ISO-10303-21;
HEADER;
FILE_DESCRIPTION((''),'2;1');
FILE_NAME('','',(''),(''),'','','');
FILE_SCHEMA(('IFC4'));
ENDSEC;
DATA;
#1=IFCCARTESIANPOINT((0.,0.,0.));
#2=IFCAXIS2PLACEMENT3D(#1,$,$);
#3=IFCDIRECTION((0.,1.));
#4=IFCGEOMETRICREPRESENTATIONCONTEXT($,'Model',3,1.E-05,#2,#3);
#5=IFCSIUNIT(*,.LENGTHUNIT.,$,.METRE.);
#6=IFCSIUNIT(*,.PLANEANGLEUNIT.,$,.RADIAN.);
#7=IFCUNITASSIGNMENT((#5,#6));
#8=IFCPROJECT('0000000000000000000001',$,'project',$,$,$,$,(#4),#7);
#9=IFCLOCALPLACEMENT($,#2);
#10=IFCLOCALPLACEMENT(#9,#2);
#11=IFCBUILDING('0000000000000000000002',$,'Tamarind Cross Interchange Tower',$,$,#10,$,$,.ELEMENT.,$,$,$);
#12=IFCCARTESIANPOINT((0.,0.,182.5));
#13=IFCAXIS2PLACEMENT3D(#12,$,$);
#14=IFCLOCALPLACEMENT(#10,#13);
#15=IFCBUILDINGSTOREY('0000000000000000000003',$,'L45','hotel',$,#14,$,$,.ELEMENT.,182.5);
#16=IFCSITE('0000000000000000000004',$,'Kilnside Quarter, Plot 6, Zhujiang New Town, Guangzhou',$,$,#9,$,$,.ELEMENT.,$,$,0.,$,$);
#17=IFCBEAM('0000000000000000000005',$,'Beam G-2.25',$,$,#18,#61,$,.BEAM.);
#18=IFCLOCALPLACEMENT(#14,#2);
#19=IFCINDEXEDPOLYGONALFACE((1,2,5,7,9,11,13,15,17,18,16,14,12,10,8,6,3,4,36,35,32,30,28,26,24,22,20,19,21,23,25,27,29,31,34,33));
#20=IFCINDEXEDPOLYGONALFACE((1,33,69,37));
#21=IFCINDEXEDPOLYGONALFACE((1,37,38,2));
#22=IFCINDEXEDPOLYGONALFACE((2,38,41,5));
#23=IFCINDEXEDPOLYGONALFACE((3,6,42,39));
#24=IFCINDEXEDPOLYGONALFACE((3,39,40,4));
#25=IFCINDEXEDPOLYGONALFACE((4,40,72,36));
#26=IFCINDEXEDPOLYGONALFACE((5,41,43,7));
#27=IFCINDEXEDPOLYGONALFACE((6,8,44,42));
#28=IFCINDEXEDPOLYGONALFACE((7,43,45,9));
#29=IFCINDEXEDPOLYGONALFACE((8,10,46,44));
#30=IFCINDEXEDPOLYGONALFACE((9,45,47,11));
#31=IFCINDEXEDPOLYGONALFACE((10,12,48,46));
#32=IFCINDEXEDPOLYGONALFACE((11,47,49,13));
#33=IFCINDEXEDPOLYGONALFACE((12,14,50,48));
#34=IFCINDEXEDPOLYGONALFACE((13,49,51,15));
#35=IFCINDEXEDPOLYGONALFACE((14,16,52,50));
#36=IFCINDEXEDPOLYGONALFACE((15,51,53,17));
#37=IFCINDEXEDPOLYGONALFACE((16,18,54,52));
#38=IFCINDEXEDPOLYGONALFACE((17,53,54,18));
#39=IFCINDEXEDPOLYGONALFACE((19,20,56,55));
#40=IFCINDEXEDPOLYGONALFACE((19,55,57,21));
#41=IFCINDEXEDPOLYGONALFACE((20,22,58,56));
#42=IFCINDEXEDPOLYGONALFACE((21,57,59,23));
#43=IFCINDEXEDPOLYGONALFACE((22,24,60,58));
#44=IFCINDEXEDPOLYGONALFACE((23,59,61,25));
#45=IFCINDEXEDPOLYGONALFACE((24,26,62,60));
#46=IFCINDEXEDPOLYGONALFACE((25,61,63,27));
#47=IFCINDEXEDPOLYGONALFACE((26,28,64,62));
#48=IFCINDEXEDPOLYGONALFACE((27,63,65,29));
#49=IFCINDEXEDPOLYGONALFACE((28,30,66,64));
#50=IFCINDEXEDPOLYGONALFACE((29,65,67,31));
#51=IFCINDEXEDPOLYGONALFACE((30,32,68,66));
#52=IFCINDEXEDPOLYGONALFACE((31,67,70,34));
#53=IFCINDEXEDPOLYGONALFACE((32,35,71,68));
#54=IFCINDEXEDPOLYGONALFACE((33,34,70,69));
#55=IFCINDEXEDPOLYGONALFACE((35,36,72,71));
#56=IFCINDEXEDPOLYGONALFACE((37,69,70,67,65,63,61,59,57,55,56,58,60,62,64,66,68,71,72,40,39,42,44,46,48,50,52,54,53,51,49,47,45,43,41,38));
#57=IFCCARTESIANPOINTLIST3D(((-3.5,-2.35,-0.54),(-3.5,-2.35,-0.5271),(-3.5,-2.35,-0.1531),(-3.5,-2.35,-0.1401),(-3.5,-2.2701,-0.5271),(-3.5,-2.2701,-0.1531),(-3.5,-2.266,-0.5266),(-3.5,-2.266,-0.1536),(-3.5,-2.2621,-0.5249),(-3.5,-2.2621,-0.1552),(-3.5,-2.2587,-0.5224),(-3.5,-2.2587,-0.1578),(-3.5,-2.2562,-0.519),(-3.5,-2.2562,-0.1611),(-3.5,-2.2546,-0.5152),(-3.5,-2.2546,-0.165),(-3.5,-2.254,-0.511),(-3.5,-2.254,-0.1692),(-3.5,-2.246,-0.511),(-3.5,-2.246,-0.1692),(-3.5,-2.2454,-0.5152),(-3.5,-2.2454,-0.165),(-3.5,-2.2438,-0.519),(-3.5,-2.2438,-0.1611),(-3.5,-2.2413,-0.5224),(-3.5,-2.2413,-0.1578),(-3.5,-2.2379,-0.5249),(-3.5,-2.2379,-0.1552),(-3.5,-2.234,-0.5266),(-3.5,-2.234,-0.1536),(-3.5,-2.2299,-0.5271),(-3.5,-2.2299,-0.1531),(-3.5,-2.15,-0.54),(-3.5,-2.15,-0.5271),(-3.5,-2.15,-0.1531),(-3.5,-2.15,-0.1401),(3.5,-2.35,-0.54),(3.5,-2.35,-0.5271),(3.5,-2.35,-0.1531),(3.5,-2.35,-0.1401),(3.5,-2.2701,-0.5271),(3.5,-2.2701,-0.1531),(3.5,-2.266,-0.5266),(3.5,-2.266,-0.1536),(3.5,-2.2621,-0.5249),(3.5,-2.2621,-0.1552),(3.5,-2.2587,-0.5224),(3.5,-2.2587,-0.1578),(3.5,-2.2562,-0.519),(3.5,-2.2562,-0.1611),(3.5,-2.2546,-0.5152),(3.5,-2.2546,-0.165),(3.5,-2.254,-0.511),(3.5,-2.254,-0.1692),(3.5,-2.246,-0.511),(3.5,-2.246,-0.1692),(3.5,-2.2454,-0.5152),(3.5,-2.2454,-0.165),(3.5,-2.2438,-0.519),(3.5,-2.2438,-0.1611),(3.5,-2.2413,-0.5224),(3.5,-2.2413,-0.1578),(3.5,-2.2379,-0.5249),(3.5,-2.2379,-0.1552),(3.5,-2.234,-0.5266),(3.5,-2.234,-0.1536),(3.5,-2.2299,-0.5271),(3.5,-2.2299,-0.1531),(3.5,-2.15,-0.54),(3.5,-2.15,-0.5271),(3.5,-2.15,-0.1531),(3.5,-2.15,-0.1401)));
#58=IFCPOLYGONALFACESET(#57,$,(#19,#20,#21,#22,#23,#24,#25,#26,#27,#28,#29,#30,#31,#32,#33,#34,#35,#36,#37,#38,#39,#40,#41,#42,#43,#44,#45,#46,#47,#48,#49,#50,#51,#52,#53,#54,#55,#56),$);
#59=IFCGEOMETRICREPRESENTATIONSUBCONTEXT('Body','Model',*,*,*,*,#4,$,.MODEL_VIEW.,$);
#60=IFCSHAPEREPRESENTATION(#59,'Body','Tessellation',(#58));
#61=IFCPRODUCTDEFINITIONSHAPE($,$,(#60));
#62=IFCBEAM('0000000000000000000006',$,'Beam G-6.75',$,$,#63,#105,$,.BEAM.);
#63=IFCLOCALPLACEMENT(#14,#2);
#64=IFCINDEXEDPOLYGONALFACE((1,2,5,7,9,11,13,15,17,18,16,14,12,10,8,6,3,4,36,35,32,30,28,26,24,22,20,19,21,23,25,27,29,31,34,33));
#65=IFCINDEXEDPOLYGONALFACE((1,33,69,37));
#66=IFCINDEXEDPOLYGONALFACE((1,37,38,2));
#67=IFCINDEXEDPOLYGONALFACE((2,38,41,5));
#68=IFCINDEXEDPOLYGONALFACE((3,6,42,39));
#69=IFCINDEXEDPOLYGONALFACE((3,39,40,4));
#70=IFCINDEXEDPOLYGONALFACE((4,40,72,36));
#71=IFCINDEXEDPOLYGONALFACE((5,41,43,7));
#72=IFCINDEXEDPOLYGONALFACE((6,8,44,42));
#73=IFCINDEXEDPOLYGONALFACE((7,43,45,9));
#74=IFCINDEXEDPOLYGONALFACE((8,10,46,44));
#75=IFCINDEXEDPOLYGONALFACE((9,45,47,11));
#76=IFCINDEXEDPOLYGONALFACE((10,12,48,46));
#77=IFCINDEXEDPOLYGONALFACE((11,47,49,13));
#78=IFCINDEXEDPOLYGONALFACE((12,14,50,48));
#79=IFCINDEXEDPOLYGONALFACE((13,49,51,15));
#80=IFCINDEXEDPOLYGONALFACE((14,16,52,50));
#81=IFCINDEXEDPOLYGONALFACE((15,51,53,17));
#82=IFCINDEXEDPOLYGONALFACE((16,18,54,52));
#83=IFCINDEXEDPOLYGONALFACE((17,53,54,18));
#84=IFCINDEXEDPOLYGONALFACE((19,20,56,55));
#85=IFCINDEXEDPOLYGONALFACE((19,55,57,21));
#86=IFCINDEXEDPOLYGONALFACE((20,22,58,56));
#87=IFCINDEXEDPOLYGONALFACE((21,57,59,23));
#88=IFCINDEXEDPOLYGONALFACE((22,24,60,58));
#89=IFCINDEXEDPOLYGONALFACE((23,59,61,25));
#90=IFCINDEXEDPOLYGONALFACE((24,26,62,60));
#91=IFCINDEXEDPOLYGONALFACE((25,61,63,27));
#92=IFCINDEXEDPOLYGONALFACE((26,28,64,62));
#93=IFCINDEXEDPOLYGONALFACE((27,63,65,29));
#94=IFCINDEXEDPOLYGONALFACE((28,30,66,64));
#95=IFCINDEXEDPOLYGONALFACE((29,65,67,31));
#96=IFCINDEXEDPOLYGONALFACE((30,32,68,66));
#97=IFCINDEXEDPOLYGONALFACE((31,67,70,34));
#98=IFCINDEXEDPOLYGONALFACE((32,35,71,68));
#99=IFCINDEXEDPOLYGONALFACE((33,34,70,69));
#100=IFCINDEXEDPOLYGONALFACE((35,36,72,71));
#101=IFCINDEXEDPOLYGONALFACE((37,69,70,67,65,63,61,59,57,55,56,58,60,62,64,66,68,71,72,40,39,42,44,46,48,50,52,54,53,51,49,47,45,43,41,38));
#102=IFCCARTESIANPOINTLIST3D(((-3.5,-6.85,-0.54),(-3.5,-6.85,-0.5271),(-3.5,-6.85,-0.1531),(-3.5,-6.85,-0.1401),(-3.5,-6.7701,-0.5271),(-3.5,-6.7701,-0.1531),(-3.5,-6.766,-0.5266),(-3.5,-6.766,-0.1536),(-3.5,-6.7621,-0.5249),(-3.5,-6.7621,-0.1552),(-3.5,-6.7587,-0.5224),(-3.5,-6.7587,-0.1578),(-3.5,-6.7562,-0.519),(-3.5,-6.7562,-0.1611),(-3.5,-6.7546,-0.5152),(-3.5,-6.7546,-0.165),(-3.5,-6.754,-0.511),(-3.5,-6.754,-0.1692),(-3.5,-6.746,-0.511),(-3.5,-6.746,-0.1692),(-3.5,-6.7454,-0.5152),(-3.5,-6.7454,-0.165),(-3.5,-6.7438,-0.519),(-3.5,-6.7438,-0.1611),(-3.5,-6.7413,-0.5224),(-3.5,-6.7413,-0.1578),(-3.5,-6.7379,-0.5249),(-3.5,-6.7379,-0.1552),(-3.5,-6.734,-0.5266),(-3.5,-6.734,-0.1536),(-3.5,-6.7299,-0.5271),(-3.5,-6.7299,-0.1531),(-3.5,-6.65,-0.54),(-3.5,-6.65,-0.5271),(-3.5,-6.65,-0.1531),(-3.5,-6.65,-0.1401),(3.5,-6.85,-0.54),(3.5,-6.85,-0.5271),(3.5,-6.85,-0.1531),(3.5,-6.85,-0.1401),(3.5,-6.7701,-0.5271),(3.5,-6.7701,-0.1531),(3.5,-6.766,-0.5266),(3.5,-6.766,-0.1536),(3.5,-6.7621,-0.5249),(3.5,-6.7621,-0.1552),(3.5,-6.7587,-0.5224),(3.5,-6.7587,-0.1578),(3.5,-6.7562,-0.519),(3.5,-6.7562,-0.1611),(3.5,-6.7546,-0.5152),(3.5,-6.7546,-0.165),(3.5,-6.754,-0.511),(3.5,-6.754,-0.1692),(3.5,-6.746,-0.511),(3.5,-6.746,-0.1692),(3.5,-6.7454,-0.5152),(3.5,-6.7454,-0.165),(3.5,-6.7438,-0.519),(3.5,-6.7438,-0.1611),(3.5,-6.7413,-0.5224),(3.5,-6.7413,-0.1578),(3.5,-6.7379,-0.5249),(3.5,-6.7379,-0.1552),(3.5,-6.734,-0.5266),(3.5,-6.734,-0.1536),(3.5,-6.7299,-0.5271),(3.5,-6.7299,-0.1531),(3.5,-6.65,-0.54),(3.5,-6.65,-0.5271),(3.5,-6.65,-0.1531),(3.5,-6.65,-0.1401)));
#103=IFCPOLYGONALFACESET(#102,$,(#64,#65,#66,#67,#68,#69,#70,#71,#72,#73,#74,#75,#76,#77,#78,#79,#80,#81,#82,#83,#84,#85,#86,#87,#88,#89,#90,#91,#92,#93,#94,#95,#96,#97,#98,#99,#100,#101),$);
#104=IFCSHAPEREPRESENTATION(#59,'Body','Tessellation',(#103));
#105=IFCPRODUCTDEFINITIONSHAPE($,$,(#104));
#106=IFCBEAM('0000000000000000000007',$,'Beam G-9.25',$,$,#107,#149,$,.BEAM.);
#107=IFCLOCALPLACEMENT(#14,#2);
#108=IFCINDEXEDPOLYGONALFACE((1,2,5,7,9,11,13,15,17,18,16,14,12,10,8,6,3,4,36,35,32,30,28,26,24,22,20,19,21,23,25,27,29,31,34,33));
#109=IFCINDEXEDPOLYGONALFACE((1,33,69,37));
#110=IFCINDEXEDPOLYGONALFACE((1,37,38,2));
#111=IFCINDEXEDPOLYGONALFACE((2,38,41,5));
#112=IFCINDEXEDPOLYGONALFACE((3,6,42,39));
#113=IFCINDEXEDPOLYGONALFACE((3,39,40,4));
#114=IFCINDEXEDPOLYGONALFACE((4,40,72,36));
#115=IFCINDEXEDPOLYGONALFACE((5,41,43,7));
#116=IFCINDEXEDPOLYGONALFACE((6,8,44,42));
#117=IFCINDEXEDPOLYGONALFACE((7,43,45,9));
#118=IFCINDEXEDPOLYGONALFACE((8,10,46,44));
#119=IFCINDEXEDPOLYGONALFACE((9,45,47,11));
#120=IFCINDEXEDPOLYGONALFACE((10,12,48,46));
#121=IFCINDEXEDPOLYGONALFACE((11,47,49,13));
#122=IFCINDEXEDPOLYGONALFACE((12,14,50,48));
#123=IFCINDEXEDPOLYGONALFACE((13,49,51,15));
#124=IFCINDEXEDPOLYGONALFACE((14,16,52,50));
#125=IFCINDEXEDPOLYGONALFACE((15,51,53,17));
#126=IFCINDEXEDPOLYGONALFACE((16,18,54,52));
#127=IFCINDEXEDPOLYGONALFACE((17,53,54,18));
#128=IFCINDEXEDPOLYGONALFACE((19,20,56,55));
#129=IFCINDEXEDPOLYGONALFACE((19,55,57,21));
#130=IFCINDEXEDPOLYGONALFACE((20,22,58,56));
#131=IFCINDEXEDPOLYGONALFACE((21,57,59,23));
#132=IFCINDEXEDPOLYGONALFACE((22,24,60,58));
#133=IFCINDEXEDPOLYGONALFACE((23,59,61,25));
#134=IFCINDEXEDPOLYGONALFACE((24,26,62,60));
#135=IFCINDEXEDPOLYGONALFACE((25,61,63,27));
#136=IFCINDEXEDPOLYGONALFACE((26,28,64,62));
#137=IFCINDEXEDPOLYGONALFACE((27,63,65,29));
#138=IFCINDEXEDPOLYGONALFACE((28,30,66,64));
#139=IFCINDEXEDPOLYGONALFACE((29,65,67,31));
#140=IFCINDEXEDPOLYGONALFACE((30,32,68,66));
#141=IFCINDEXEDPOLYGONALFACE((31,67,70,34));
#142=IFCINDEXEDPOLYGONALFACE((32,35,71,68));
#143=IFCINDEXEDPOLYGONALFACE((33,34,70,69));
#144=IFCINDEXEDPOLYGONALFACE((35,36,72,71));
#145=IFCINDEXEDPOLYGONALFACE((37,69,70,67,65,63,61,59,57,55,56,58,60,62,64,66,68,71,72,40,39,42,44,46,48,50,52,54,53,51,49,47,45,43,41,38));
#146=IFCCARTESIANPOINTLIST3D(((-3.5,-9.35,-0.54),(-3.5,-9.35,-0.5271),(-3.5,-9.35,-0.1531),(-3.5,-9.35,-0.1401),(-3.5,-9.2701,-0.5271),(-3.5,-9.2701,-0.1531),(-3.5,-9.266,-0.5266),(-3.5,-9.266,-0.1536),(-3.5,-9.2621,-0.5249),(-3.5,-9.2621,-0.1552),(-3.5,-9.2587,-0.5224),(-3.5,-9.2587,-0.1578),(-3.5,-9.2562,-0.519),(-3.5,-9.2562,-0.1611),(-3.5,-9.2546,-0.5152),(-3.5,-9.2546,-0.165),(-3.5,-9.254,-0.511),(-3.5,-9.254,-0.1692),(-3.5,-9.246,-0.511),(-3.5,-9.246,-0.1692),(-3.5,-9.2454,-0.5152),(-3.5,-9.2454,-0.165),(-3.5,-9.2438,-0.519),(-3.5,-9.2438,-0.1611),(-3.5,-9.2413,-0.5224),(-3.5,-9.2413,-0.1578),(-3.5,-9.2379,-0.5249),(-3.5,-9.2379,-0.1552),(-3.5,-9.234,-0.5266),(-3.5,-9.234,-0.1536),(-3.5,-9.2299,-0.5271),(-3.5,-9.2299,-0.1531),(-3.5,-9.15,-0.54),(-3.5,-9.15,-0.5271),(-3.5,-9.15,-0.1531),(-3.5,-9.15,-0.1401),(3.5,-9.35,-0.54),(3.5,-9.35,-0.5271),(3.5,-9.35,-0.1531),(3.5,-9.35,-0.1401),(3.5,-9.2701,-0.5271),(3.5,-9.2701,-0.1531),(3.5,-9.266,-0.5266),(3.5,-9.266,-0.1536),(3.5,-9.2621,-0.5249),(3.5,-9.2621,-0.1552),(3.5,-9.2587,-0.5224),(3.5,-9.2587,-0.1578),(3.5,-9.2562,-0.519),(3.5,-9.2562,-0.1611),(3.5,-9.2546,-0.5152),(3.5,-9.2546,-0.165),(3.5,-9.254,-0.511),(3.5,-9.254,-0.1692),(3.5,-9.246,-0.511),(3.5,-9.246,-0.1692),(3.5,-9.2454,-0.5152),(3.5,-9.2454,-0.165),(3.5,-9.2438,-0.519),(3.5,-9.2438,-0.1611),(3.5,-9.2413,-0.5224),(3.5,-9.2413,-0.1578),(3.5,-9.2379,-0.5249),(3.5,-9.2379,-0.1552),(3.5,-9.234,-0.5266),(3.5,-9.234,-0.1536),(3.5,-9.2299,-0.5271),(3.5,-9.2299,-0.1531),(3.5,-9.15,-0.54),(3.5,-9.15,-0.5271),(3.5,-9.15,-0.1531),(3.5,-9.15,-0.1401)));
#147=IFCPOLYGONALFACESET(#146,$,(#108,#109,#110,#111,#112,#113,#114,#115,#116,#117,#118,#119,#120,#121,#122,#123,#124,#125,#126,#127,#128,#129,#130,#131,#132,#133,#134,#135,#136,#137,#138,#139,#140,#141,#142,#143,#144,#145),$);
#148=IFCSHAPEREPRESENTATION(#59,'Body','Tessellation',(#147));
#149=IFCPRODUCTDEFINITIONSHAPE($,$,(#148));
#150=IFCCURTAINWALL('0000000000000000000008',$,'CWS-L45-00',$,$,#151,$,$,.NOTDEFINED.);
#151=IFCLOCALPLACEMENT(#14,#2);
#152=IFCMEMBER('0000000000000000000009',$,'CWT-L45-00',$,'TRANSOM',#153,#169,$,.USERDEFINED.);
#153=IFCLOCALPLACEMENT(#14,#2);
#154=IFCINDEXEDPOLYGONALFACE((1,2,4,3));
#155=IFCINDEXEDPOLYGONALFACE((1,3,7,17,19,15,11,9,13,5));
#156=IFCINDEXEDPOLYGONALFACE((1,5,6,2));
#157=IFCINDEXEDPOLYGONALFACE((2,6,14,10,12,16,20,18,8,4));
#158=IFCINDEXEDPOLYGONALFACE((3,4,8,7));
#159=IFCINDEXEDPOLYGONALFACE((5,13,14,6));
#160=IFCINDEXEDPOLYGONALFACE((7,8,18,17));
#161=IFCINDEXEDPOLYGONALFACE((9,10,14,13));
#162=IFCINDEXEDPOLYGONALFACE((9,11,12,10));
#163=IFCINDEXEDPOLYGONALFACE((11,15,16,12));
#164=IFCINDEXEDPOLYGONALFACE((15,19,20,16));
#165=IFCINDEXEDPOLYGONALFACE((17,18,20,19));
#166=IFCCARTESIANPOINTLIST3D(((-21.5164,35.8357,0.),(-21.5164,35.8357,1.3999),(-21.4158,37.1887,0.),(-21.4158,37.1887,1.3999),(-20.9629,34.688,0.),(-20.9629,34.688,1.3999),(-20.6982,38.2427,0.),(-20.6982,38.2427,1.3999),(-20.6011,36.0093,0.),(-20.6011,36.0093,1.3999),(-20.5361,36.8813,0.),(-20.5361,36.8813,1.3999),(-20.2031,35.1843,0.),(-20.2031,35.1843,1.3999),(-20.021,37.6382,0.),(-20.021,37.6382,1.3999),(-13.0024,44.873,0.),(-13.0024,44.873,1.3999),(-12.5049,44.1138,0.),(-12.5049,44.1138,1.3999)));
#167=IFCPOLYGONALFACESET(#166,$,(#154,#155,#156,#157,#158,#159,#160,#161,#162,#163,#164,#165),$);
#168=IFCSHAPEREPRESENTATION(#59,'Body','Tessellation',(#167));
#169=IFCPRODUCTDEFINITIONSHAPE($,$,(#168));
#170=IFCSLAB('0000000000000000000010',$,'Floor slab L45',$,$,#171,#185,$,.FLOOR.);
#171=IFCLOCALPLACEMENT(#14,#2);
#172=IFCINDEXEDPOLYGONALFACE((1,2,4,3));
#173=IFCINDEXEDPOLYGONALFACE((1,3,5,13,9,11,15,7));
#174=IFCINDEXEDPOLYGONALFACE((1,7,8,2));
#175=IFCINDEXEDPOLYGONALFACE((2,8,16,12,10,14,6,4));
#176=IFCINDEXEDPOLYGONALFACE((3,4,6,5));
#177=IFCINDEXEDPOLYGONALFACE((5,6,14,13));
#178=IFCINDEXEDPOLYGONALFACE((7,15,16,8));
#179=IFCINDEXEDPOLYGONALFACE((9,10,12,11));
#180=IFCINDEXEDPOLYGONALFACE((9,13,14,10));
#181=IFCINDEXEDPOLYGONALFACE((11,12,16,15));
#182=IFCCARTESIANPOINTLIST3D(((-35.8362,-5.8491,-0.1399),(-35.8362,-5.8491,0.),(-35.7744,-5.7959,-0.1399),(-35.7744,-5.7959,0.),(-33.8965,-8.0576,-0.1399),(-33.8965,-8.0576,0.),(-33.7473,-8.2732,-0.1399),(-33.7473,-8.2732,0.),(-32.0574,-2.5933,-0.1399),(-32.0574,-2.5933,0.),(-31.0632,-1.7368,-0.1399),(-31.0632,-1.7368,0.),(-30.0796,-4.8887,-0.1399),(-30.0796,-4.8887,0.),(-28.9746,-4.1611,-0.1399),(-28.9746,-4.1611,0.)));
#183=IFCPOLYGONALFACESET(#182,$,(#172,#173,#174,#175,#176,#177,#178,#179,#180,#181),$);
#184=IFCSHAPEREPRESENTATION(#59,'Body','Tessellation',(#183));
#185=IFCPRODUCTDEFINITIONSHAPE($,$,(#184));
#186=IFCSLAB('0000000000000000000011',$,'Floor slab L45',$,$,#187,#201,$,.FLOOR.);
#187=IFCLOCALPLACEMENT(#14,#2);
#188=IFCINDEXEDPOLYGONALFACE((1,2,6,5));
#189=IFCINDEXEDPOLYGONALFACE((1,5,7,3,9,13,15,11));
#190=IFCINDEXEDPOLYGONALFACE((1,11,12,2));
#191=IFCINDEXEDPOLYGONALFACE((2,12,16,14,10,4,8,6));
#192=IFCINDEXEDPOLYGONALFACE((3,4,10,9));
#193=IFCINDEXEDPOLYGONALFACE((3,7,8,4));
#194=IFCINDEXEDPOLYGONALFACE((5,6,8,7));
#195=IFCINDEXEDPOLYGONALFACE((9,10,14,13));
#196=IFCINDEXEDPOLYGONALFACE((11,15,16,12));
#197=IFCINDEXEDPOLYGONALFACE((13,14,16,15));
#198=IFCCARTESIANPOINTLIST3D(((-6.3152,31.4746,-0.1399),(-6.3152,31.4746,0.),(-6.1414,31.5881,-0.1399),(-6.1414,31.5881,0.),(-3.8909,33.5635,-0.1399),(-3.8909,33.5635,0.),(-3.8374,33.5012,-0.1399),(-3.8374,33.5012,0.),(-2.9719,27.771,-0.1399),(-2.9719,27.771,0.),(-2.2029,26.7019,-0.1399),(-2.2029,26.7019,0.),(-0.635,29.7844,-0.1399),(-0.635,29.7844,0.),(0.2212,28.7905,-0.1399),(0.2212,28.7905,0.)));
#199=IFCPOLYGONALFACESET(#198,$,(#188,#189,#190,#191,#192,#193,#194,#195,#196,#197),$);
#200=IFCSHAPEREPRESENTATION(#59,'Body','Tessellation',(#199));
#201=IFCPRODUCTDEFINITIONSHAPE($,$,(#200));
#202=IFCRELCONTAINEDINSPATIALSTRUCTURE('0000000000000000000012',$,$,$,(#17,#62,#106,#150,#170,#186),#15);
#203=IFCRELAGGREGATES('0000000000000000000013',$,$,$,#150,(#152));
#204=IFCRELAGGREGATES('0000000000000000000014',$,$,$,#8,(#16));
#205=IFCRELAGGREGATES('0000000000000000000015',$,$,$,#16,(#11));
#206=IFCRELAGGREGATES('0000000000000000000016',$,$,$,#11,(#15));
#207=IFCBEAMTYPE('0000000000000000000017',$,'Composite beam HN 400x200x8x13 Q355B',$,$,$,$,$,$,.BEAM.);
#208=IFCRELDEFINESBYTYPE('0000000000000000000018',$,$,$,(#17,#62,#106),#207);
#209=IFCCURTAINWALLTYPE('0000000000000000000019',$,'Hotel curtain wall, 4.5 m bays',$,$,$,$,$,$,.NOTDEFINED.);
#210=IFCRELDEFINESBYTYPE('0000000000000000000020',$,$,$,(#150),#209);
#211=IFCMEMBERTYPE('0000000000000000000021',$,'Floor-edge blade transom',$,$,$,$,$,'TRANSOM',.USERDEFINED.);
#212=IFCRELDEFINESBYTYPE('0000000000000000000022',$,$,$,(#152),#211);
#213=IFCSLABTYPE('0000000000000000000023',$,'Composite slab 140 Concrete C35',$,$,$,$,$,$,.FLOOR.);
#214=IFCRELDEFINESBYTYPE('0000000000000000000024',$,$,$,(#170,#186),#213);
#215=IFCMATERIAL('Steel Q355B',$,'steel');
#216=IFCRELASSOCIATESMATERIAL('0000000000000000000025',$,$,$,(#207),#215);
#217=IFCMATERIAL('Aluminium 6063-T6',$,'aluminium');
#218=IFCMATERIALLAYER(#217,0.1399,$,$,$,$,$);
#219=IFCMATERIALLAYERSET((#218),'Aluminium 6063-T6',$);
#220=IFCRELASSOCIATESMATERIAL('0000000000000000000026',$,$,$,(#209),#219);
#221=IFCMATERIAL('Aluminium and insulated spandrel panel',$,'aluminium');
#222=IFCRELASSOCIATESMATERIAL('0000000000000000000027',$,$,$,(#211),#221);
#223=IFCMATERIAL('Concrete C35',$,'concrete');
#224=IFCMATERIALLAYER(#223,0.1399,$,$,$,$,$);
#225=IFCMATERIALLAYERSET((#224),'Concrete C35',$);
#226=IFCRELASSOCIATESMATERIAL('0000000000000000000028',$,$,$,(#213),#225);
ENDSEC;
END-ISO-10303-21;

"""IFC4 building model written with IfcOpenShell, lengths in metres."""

from ifc_helpers import new_model, si_unit, direction, frame, origin, origin_2d, place, context, subcontext, project, spatial, polyline, i_section, outline, extrude, material, layer, layer_set, material_profile, profile_set, type_object, element, aggregate, save


model = new_model("IFC4")

# Units and contexts
model_context = context("Model", 3, precision=1e-05, world=origin(), true_north=direction((0.0, 1.0)))
body_context = subcontext(model_context, "Body", "Model", "MODEL_VIEW")
ifc_project = project(units=[si_unit("LENGTHUNIT", "METRE"), si_unit("PLANEANGLEUNIT", "RADIAN")], contexts=[model_context])

# Site, building, storey
site_placement = place(None, origin())
site = spatial("IfcSite", under=ifc_project, at=site_placement, Name="Kilnside Quarter, Plot 6, Zhujiang New Town, Guangzhou", CompositionType="ELEMENT", RefElevation=0.0)
building_placement = place(site_placement, origin())
building = spatial("IfcBuilding", under=site, at=building_placement, Name="Tamarind Cross Interchange Tower", CompositionType="ELEMENT")
storey_placement = place(building_placement, frame((0.0, 0.0, 182.5)))
storey = spatial("IfcBuildingStorey", under=building, at=storey_placement, Name="L45", Description="hotel", CompositionType="ELEMENT", Elevation=182.5)

# Beams
ifc_material_1 = material(Name="Steel Q355B", Category="steel")
ifc_material_profile = material_profile(ifc_material_1, i_section(OverallWidth=0.2, OverallDepth=0.3999, WebThickness=0.0081, FlangeThickness=0.0129, FilletRadius=0.0161, at=origin_2d()), Name="HN 400x200x8x13")
ifc_profile_set = profile_set([ifc_material_profile], Name="Steel Q355B")
beam_type = type_object("IfcBeamType", Name="Composite beam HN 400x200x8x13 Q355B", PredefinedType="BEAM", material=ifc_profile_set)
for number, where, z_axis, x_axis, name in (
    (1, (-3.5, -2.25, -0.3401), (1.0, 0.0, 0.0), (0.0, 1.0, 0.0), "Beam G-2.25"),
    (2, (-3.5, -6.75, -0.3401), (1.0, 0.0, 0.0), (0.0, 1.0, 0.0), "Beam G-6.75"),
    (3, (-3.5, -9.25, -0.3401), (1.0, 0.0, 0.0), (0.0, 1.0, 0.0), "Beam G-9.25"),
):
    element("IfcBeam", number, at=place(storey_placement, frame(where, z_axis=z_axis, x_axis=x_axis)), inside=storey, type_object=beam_type, Name=name, PredefinedType="BEAM", context=body_context, shape_type="SweptSolid", body=[
        extrude(i_section(OverallWidth=0.2, OverallDepth=0.3999, WebThickness=0.0081, FlangeThickness=0.0129, FilletRadius=0.0161, at=origin_2d()), origin(), (0.0, 0.0, 1.0), 7.0),
    ])

# Curtain wall, member
ifc_material_2 = material(Name="Aluminium 6063-T6", Category="aluminium")
ifc_layer_1 = layer(ifc_material_2, 0.1399)
ifc_layer_set_1 = layer_set([ifc_layer_1], Name="Aluminium 6063-T6")
curtain_wall_type = type_object("IfcCurtainWallType", Name="Hotel curtain wall, 4.5 m bays", PredefinedType="NOTDEFINED", material=ifc_layer_set_1)
curtain_wall_1_placement = place(storey_placement, origin())
curtain_wall_1 = element("IfcCurtainWall", 4, at=curtain_wall_1_placement, inside=storey, type_object=curtain_wall_type, Name="CWS-L45-00", PredefinedType="NOTDEFINED")
ifc_material_3 = material(Name="Aluminium and insulated spandrel panel", Category="aluminium")
member_type = type_object("IfcMemberType", Name="Floor-edge blade transom", ElementType="TRANSOM", PredefinedType="USERDEFINED", material=ifc_material_3)
member_placement = place(storey_placement, origin())
member = element("IfcMember", 5, at=member_placement, type_object=member_type, Name="CWT-L45-00", ObjectType="TRANSOM", PredefinedType="USERDEFINED", context=body_context, shape_type="SweptSolid", body=[
    extrude(outline(polyline([(-12.5049, 44.1138), (-20.021, 37.6382), (-20.5361, 36.8813), (-20.6011, 36.0093), (-20.2031, 35.1843), (-20.9629, 34.688), (-21.5164, 35.8357), (-21.4158, 37.1887), (-20.6982, 38.2427), (-13.0024, 44.873), (-12.5049, 44.1138)])), origin(), (0.0, 0.0, 1.0), 1.3999),
])

# Slabs
ifc_material_4 = material(Name="Concrete C35", Category="concrete")
ifc_layer_2 = layer(ifc_material_4, 0.1399)
ifc_layer_set_2 = layer_set([ifc_layer_2], Name="Concrete C35")
slab_type_1 = type_object("IfcSlabType", Name="Composite slab 140 Concrete C35", PredefinedType="FLOOR", material=ifc_layer_set_2)
slab_1_placement = place(storey_placement, frame((0.0, 0.0, -0.1399)))
element("IfcSlab", 6, at=slab_1_placement, inside=storey, type_object=slab_type_1, Name="Floor slab L45", PredefinedType="FLOOR", context=body_context, shape_type="SweptSolid", body=[
    extrude(outline(polyline([(-35.8362, -5.8491), (-33.7473, -8.2732), (-28.9746, -4.1611), (-31.0632, -1.7368), (-32.0574, -2.5933), (-30.0796, -4.8887), (-33.8965, -8.0576), (-35.7744, -5.7959), (-35.8362, -5.8491)])), origin(), (0.0, 0.0, 1.0), 0.1399),
])
slab_2_placement = place(storey_placement, frame((0.0, 0.0, -0.1399)))
element("IfcSlab", 7, at=slab_2_placement, inside=storey, type_object=slab_type_1, Name="Floor slab L45", PredefinedType="FLOOR", context=body_context, shape_type="SweptSolid", body=[
    extrude(outline(polyline([(-2.2029, 26.7019), (0.2212, 28.7905), (-0.635, 29.7844), (-2.9719, 27.771), (-6.1414, 31.5881), (-3.8374, 33.5012), (-3.8909, 33.5635), (-6.3152, 31.4746), (-2.2029, 26.7019)])), origin(), (0.0, 0.0, 1.0), 0.1399),
])

aggregate(curtain_wall_1, [member])

save(model, "model.ifc")
